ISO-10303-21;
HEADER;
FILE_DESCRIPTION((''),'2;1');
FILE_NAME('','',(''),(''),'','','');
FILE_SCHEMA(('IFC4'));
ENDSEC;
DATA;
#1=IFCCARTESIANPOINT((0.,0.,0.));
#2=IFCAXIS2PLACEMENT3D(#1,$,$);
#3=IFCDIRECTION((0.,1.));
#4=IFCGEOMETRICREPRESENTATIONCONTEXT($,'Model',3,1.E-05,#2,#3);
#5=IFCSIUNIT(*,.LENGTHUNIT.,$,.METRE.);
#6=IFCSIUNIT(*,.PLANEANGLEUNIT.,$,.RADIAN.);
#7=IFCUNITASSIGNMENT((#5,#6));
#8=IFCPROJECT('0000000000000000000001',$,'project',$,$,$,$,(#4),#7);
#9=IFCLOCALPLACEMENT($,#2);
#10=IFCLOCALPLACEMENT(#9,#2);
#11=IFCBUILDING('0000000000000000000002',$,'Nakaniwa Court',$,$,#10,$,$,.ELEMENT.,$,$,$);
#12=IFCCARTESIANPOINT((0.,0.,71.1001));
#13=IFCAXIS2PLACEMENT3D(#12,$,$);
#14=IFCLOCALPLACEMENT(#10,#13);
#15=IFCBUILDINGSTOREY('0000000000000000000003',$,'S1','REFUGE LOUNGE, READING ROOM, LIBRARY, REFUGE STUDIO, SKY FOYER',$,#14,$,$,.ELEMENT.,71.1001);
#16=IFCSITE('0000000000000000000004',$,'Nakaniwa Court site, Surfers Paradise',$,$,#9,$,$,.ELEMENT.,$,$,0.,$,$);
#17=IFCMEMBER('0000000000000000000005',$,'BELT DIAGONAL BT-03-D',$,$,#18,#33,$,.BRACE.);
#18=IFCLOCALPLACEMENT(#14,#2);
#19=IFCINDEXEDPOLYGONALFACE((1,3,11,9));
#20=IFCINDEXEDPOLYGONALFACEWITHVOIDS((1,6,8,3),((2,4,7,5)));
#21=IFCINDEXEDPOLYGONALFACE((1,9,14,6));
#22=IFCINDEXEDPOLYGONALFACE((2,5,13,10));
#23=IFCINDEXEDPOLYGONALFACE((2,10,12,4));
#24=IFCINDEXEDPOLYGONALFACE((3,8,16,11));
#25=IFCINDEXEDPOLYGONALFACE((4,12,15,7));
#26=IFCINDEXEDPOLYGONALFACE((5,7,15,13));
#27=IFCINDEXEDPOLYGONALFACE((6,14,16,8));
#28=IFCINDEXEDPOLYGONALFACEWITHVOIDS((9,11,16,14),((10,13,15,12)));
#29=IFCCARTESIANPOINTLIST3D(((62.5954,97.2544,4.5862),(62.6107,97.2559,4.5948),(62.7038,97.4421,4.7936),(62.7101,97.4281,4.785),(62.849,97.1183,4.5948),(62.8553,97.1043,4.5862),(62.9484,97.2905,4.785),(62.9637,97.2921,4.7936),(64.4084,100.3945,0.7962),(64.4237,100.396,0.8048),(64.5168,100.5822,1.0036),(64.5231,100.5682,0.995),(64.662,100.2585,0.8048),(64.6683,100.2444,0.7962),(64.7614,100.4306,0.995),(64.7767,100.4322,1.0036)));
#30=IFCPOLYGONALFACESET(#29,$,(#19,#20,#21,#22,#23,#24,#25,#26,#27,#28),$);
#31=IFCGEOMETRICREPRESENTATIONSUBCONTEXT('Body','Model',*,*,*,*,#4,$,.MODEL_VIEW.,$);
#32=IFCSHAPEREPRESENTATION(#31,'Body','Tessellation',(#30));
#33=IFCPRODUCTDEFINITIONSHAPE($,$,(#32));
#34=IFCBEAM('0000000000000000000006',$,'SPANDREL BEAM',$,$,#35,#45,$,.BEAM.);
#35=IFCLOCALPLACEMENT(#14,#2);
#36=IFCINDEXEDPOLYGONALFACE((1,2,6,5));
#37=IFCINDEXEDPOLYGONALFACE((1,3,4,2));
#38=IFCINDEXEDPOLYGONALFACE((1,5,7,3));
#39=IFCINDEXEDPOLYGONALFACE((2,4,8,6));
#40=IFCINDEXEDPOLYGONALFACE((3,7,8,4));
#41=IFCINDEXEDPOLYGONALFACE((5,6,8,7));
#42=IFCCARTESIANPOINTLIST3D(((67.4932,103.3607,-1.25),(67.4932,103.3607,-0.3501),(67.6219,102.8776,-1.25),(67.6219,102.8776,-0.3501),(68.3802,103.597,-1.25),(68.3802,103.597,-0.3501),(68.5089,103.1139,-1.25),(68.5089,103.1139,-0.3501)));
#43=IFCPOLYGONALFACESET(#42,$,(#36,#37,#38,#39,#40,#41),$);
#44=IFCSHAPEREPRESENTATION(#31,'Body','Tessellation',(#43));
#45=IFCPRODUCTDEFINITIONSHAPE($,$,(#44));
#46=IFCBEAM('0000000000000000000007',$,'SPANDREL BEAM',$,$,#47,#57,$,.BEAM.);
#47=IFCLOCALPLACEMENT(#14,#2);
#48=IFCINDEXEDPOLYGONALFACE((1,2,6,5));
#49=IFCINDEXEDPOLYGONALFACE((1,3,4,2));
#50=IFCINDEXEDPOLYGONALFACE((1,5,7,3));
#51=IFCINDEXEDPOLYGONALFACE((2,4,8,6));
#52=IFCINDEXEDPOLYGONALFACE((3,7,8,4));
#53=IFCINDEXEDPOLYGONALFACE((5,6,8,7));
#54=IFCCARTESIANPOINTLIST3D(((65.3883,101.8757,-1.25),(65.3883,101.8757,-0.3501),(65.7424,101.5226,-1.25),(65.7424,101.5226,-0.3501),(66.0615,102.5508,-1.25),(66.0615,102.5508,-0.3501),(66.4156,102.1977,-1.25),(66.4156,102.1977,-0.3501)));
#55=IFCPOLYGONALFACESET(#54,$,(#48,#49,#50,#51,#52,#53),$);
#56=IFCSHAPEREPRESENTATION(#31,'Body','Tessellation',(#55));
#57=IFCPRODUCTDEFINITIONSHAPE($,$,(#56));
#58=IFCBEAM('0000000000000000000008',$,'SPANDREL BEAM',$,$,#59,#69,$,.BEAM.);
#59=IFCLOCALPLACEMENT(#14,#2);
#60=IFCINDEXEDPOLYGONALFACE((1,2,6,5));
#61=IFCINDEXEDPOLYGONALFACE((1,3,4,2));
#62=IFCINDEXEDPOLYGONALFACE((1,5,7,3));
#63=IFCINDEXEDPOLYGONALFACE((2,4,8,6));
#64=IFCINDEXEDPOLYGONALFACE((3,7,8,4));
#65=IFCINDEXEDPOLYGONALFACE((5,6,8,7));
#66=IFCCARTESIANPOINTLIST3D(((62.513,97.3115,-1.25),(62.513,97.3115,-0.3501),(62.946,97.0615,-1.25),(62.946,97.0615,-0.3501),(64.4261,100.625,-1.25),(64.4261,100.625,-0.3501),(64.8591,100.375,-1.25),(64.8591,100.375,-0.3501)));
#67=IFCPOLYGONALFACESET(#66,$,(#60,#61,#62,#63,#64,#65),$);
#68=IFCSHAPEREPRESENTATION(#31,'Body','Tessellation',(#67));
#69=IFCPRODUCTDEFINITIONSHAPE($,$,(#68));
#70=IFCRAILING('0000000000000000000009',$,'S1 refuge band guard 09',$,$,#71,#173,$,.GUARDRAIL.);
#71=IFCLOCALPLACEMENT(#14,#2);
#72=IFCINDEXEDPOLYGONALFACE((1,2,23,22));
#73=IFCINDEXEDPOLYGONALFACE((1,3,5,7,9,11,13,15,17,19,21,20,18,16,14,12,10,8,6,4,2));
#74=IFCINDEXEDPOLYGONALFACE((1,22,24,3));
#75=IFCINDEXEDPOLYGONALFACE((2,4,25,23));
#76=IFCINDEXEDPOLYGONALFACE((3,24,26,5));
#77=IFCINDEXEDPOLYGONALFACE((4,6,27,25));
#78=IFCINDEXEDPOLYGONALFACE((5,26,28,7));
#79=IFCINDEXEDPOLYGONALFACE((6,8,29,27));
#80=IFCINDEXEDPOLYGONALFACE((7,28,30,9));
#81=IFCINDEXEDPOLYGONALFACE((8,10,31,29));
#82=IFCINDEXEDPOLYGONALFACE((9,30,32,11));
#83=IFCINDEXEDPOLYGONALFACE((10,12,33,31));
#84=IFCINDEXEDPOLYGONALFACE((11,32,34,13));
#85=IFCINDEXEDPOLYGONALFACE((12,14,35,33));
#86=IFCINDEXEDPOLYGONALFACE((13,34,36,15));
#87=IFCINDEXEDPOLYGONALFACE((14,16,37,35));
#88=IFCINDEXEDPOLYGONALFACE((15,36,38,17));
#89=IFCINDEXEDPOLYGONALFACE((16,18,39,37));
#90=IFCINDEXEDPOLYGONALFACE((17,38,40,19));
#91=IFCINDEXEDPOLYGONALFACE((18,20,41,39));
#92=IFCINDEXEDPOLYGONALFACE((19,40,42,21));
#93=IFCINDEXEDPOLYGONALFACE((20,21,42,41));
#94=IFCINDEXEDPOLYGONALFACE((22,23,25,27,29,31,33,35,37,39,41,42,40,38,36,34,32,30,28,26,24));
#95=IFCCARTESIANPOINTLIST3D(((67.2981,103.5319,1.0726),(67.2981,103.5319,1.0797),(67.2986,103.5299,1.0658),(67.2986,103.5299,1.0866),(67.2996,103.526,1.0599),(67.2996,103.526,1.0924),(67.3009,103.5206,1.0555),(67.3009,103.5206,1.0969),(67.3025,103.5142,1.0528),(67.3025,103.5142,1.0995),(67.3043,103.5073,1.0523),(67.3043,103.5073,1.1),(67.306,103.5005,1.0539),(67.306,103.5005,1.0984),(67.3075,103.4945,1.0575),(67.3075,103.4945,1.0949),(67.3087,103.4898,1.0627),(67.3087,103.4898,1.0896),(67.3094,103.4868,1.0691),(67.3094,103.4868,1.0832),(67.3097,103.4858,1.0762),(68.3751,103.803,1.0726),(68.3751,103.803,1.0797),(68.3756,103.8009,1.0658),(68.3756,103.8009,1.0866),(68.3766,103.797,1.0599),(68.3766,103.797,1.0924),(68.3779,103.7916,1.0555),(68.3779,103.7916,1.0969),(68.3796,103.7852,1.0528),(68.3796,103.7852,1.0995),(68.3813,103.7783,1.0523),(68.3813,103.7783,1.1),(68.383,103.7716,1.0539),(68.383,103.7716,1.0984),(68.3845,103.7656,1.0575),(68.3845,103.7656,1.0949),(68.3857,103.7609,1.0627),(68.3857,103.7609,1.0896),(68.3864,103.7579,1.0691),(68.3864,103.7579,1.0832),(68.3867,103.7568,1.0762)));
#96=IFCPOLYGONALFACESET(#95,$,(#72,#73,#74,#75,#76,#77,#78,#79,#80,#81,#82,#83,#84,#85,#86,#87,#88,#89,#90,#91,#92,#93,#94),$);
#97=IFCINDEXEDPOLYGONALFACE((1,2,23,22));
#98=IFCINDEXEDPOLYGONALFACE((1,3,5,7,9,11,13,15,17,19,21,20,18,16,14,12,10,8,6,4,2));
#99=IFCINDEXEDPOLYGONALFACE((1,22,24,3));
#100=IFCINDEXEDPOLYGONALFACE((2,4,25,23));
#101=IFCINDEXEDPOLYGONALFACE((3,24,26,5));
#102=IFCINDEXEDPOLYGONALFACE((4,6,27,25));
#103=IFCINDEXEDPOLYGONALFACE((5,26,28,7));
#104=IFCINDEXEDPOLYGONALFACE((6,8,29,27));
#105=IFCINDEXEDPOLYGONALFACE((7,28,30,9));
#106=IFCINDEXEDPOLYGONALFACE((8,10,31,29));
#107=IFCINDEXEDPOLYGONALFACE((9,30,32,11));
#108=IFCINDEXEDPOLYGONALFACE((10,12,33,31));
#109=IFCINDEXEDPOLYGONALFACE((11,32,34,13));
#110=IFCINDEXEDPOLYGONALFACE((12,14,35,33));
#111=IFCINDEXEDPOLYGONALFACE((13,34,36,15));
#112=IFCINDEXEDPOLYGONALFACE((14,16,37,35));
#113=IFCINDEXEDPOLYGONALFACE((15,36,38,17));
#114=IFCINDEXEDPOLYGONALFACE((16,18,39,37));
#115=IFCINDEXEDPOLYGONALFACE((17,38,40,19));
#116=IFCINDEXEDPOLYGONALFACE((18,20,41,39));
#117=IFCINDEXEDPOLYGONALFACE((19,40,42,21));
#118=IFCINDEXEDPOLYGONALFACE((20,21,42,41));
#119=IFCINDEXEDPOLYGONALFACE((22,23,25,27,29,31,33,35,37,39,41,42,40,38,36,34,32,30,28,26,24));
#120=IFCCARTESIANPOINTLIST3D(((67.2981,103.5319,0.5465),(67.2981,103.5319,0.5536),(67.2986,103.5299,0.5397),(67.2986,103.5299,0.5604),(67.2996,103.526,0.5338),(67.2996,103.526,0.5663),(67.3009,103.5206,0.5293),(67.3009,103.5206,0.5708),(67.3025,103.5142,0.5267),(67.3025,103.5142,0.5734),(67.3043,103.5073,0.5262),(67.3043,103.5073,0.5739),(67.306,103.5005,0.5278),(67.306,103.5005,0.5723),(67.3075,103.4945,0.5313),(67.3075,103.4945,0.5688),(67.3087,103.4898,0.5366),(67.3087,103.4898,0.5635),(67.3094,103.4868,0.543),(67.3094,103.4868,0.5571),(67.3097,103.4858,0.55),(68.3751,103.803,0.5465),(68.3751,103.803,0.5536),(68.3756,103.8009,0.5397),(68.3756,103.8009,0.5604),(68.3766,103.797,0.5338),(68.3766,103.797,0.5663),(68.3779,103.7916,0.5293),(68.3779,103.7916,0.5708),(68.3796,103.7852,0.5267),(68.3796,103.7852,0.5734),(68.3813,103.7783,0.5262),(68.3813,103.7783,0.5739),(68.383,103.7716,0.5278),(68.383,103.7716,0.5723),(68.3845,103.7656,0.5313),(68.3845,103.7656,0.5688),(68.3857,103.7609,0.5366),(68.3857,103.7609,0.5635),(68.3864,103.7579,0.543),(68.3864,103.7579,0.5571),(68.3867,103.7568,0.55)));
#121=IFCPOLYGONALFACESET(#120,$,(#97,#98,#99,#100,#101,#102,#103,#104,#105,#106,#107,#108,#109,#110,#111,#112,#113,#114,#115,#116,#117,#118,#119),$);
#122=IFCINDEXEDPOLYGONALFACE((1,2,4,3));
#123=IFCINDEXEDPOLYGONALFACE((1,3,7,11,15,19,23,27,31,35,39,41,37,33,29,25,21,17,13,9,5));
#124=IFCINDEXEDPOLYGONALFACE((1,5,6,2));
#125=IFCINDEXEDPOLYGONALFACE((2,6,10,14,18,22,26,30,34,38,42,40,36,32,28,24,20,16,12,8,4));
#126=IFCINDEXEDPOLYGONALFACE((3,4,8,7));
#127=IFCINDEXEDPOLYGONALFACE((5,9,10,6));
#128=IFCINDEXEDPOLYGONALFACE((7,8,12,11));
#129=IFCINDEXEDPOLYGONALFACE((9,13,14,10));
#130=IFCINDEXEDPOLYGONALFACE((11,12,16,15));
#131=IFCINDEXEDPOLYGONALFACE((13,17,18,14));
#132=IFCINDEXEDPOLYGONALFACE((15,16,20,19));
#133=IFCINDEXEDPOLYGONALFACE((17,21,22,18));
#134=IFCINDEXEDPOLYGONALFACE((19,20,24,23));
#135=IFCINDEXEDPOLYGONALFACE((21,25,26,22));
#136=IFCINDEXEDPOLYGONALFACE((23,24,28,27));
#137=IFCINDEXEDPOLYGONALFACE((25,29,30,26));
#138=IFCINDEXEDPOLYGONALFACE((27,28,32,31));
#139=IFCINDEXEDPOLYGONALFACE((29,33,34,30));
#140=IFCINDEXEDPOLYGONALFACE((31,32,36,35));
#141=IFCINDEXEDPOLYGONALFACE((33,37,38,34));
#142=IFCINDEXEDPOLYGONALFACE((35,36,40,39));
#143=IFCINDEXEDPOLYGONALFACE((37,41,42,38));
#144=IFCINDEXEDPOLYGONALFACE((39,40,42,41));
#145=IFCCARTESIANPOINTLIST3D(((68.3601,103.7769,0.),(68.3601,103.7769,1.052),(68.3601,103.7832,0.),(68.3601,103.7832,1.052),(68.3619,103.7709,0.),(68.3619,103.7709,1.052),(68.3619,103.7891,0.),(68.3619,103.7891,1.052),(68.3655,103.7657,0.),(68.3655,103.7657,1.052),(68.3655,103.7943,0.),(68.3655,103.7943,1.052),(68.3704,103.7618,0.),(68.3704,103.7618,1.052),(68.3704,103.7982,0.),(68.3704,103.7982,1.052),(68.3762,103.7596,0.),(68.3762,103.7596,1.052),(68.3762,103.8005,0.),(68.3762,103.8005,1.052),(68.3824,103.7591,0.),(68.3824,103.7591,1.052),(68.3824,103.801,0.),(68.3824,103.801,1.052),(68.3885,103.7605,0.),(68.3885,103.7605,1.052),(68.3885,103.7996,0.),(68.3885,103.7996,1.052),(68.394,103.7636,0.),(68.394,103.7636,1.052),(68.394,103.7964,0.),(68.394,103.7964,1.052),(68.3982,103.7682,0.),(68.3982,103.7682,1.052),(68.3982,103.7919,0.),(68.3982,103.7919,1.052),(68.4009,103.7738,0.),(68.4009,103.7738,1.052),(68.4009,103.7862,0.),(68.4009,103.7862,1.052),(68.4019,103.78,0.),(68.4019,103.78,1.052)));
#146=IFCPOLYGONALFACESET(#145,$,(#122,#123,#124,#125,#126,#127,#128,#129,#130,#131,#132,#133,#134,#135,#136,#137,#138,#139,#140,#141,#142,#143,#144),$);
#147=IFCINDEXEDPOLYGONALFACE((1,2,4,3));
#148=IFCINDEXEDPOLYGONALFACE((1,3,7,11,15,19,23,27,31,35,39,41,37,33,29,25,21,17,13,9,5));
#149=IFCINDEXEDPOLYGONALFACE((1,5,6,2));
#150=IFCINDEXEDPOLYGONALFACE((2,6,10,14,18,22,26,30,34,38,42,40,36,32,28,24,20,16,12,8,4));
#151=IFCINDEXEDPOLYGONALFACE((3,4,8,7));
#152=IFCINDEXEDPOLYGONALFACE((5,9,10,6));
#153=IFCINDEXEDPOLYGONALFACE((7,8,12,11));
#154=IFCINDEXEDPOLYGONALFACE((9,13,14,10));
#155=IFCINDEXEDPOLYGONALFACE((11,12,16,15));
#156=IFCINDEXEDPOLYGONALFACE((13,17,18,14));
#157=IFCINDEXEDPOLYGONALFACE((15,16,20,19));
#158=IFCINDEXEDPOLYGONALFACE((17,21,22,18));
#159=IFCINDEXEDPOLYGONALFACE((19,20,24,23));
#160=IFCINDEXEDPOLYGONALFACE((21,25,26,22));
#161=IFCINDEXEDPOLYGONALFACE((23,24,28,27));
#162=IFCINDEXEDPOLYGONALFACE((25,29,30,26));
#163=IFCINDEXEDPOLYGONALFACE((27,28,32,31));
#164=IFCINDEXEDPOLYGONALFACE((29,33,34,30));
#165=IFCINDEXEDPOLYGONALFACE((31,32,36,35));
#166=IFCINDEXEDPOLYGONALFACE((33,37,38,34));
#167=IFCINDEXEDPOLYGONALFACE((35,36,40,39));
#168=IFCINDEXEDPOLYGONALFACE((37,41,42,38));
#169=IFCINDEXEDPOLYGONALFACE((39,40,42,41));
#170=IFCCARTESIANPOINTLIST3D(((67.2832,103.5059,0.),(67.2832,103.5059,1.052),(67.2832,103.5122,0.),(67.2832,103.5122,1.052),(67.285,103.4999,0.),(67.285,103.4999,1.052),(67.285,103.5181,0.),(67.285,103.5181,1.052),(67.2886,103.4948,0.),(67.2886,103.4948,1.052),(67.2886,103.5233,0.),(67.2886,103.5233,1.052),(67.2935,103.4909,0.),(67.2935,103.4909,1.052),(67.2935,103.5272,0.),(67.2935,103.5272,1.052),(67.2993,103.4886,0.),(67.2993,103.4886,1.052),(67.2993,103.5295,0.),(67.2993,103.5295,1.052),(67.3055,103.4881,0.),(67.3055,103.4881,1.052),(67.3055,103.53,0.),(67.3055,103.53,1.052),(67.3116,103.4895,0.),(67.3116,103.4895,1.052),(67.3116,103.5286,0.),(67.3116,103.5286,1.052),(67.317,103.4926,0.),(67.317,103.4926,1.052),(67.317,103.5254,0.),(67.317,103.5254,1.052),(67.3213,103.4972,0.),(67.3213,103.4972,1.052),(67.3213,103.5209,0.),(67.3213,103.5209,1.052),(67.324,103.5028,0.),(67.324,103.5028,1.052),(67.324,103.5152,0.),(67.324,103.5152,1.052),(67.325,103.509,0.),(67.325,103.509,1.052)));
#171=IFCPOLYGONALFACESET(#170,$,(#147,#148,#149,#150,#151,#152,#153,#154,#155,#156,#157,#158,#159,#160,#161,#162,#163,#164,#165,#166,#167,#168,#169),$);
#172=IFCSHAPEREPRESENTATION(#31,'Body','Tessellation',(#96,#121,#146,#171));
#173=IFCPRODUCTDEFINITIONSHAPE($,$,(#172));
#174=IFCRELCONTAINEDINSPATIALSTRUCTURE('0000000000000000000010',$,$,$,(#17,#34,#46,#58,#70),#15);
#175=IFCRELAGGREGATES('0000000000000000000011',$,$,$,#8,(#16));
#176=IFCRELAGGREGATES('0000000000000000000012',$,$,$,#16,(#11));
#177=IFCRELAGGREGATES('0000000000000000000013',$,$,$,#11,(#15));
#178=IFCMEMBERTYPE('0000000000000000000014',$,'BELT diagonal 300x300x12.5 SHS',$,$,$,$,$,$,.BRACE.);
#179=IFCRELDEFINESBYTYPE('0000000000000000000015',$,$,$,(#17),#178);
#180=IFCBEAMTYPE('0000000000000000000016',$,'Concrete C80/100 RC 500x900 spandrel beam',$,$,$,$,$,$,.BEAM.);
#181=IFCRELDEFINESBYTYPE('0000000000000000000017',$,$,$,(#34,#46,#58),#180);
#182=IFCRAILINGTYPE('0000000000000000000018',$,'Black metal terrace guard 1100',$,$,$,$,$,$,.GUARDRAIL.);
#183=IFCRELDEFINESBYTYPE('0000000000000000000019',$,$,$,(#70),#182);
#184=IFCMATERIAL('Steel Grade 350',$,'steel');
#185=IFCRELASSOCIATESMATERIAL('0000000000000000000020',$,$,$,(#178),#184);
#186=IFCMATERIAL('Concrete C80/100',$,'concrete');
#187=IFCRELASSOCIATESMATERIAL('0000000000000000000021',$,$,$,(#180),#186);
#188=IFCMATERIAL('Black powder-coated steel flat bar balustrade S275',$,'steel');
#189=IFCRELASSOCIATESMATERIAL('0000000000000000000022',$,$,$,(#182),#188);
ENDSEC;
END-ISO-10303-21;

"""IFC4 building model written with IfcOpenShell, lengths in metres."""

from ifc_helpers import new_model, si_unit, direction, frame, origin, origin_2d, place, context, subcontext, project, spatial, rectangle, hollow_rectangle, circle, extrude, material, material_profile, profile_set, type_object, element, save


model = new_model("IFC4")

# Units and contexts
model_context = context("Model", 3, precision=1e-05, world=origin(), true_north=direction((0.0, 1.0)))
body_context = subcontext(model_context, "Body", "Model", "MODEL_VIEW")
ifc_project = project(units=[si_unit("LENGTHUNIT", "METRE"), si_unit("PLANEANGLEUNIT", "RADIAN")], contexts=[model_context])

# Site, building, storey
site_placement = place(None, origin())
site = spatial("IfcSite", under=ifc_project, at=site_placement, Name="Nakaniwa Court site, Surfers Paradise", CompositionType="ELEMENT", RefElevation=0.0)
building_placement = place(site_placement, origin())
building = spatial("IfcBuilding", under=site, at=building_placement, Name="Nakaniwa Court", CompositionType="ELEMENT")
storey_placement = place(building_placement, frame((0.0, 0.0, 71.1001)))
storey = spatial("IfcBuildingStorey", under=building, at=storey_placement, Name="S1", Description="REFUGE LOUNGE, READING ROOM, LIBRARY, REFUGE STUDIO, SKY FOYER", CompositionType="ELEMENT", Elevation=71.1001)

# Shared definitions
ifc_material_1 = material(Name="Concrete C80/100", Category="concrete")

# Member
ifc_material_2 = material(Name="Steel Grade 350", Category="steel")
ifc_material_profile_1 = material_profile(ifc_material_2, hollow_rectangle(XDim=0.3, YDim=0.3, WallThickness=0.0125, at=origin_2d()), Name="BELT diagonal 300x300x12.5 SHS")
ifc_profile_set_1 = profile_set([ifc_material_profile_1], Name="Steel Grade 350")
member_type_1 = type_object("IfcMemberType", Name="BELT diagonal 300x300x12.5 SHS", PredefinedType="BRACE", material=ifc_profile_set_1)
member_1_placement = place(storey_placement, frame((64.5925, 100.4133, 0.8999), z_axis=(-0.345649, -0.598672, 0.722577), x_axis=(0.866022, -0.500006, 0.0)))
element("IfcMember", 1, at=member_1_placement, inside=storey, type_object=member_type_1, Name="BELT DIAGONAL BT-03-D", PredefinedType="BRACE", context=body_context, shape_type="SweptSolid", body=[
    extrude(hollow_rectangle(XDim=0.3, YDim=0.3, WallThickness=0.0125, at=origin_2d()), origin(), (0.0, 0.0, 1.0), 5.2451),
])

# Beams
ifc_material_profile_2 = material_profile(ifc_material_1, rectangle(XDim=0.5, YDim=0.8999, at=origin_2d()), Name="Concrete C80/100 RC 500x900 spandrel beam")
ifc_profile_set_2 = profile_set([ifc_material_profile_2], Name="Concrete C80/100")
beam_type = type_object("IfcBeamType", Name="Concrete C80/100 RC 500x900 spandrel beam", PredefinedType="BEAM", material=ifc_profile_set_2)
beam_1_placement = place(storey_placement, frame((68.4446, 103.3555, -0.8), z_axis=(-0.966288, -0.257464, 0.0), x_axis=(0.257464, -0.966288, 0.0)))
element("IfcBeam", 2, at=beam_1_placement, inside=storey, type_object=beam_type, Name="SPANDREL BEAM", PredefinedType="BEAM", context=body_context, shape_type="SweptSolid", body=[
    extrude(rectangle(XDim=0.5, YDim=0.8999, at=origin_2d()), origin(), (0.0, 0.0, 1.0), 0.918),
])
beam_2_placement = place(storey_placement, frame((66.2385, 102.3743, -0.8), z_axis=(-0.706082, -0.70813, 0.0), x_axis=(0.70813, -0.706082, 0.0)))
element("IfcBeam", 3, at=beam_2_placement, inside=storey, type_object=beam_type, Name="SPANDREL BEAM", PredefinedType="BEAM", context=body_context, shape_type="SweptSolid", body=[
    extrude(rectangle(XDim=0.5, YDim=0.8999, at=origin_2d()), origin(), (0.0, 0.0, 1.0), 0.9534),
])
beam_3_placement = place(storey_placement, frame((64.6426, 100.5, -0.8), z_axis=(-0.50001, -0.86602, 0.0), x_axis=(0.86602, -0.50001, 0.0)))
element("IfcBeam", 4, at=beam_3_placement, inside=storey, type_object=beam_type, Name="SPANDREL BEAM", PredefinedType="BEAM", context=body_context, shape_type="SweptSolid", body=[
    extrude(rectangle(XDim=0.5, YDim=0.8999, at=origin_2d()), origin(), (0.0, 0.0, 1.0), 3.8262),
])

# Railing
ifc_material_3 = material(Name="Black powder-coated steel flat bar balustrade S275", Category="steel")
railing_type = type_object("IfcRailingType", Name="Black metal terrace guard 1100", PredefinedType="GUARDRAIL", material=ifc_material_3)
railing_1_placement = place(storey_placement, frame((68.3809, 103.78, 0.0)))
element("IfcRailing", 5, at=railing_1_placement, inside=storey, type_object=railing_type, Name="S1 refuge band guard 09", PredefinedType="GUARDRAIL", context=body_context, shape_type="SweptSolid", body=[
    extrude(circle(Radius=0.0239, at=origin_2d()), frame((0.0, 0.0, 1.0762), z_axis=(-0.969766, -0.244036, 0.0), x_axis=(0.244036, -0.969766, 0.0)), (0.0, 0.0, 1.0), 1.1106),
    extrude(circle(Radius=0.0239, at=origin_2d()), frame((0.0, 0.0, 0.55), z_axis=(-0.969766, -0.244036, 0.0), x_axis=(0.244036, -0.969766, 0.0)), (0.0, 0.0, 1.0), 1.1106),
    extrude(circle(Radius=0.021, at=origin_2d()), origin(), (0.0, 0.0, 1.0), 1.052),
    extrude(circle(Radius=0.021, at=origin_2d()), frame((-1.0769, -0.271, 0.0)), (0.0, 0.0, 1.0), 1.052),
])

save(model, "model.ifc")
